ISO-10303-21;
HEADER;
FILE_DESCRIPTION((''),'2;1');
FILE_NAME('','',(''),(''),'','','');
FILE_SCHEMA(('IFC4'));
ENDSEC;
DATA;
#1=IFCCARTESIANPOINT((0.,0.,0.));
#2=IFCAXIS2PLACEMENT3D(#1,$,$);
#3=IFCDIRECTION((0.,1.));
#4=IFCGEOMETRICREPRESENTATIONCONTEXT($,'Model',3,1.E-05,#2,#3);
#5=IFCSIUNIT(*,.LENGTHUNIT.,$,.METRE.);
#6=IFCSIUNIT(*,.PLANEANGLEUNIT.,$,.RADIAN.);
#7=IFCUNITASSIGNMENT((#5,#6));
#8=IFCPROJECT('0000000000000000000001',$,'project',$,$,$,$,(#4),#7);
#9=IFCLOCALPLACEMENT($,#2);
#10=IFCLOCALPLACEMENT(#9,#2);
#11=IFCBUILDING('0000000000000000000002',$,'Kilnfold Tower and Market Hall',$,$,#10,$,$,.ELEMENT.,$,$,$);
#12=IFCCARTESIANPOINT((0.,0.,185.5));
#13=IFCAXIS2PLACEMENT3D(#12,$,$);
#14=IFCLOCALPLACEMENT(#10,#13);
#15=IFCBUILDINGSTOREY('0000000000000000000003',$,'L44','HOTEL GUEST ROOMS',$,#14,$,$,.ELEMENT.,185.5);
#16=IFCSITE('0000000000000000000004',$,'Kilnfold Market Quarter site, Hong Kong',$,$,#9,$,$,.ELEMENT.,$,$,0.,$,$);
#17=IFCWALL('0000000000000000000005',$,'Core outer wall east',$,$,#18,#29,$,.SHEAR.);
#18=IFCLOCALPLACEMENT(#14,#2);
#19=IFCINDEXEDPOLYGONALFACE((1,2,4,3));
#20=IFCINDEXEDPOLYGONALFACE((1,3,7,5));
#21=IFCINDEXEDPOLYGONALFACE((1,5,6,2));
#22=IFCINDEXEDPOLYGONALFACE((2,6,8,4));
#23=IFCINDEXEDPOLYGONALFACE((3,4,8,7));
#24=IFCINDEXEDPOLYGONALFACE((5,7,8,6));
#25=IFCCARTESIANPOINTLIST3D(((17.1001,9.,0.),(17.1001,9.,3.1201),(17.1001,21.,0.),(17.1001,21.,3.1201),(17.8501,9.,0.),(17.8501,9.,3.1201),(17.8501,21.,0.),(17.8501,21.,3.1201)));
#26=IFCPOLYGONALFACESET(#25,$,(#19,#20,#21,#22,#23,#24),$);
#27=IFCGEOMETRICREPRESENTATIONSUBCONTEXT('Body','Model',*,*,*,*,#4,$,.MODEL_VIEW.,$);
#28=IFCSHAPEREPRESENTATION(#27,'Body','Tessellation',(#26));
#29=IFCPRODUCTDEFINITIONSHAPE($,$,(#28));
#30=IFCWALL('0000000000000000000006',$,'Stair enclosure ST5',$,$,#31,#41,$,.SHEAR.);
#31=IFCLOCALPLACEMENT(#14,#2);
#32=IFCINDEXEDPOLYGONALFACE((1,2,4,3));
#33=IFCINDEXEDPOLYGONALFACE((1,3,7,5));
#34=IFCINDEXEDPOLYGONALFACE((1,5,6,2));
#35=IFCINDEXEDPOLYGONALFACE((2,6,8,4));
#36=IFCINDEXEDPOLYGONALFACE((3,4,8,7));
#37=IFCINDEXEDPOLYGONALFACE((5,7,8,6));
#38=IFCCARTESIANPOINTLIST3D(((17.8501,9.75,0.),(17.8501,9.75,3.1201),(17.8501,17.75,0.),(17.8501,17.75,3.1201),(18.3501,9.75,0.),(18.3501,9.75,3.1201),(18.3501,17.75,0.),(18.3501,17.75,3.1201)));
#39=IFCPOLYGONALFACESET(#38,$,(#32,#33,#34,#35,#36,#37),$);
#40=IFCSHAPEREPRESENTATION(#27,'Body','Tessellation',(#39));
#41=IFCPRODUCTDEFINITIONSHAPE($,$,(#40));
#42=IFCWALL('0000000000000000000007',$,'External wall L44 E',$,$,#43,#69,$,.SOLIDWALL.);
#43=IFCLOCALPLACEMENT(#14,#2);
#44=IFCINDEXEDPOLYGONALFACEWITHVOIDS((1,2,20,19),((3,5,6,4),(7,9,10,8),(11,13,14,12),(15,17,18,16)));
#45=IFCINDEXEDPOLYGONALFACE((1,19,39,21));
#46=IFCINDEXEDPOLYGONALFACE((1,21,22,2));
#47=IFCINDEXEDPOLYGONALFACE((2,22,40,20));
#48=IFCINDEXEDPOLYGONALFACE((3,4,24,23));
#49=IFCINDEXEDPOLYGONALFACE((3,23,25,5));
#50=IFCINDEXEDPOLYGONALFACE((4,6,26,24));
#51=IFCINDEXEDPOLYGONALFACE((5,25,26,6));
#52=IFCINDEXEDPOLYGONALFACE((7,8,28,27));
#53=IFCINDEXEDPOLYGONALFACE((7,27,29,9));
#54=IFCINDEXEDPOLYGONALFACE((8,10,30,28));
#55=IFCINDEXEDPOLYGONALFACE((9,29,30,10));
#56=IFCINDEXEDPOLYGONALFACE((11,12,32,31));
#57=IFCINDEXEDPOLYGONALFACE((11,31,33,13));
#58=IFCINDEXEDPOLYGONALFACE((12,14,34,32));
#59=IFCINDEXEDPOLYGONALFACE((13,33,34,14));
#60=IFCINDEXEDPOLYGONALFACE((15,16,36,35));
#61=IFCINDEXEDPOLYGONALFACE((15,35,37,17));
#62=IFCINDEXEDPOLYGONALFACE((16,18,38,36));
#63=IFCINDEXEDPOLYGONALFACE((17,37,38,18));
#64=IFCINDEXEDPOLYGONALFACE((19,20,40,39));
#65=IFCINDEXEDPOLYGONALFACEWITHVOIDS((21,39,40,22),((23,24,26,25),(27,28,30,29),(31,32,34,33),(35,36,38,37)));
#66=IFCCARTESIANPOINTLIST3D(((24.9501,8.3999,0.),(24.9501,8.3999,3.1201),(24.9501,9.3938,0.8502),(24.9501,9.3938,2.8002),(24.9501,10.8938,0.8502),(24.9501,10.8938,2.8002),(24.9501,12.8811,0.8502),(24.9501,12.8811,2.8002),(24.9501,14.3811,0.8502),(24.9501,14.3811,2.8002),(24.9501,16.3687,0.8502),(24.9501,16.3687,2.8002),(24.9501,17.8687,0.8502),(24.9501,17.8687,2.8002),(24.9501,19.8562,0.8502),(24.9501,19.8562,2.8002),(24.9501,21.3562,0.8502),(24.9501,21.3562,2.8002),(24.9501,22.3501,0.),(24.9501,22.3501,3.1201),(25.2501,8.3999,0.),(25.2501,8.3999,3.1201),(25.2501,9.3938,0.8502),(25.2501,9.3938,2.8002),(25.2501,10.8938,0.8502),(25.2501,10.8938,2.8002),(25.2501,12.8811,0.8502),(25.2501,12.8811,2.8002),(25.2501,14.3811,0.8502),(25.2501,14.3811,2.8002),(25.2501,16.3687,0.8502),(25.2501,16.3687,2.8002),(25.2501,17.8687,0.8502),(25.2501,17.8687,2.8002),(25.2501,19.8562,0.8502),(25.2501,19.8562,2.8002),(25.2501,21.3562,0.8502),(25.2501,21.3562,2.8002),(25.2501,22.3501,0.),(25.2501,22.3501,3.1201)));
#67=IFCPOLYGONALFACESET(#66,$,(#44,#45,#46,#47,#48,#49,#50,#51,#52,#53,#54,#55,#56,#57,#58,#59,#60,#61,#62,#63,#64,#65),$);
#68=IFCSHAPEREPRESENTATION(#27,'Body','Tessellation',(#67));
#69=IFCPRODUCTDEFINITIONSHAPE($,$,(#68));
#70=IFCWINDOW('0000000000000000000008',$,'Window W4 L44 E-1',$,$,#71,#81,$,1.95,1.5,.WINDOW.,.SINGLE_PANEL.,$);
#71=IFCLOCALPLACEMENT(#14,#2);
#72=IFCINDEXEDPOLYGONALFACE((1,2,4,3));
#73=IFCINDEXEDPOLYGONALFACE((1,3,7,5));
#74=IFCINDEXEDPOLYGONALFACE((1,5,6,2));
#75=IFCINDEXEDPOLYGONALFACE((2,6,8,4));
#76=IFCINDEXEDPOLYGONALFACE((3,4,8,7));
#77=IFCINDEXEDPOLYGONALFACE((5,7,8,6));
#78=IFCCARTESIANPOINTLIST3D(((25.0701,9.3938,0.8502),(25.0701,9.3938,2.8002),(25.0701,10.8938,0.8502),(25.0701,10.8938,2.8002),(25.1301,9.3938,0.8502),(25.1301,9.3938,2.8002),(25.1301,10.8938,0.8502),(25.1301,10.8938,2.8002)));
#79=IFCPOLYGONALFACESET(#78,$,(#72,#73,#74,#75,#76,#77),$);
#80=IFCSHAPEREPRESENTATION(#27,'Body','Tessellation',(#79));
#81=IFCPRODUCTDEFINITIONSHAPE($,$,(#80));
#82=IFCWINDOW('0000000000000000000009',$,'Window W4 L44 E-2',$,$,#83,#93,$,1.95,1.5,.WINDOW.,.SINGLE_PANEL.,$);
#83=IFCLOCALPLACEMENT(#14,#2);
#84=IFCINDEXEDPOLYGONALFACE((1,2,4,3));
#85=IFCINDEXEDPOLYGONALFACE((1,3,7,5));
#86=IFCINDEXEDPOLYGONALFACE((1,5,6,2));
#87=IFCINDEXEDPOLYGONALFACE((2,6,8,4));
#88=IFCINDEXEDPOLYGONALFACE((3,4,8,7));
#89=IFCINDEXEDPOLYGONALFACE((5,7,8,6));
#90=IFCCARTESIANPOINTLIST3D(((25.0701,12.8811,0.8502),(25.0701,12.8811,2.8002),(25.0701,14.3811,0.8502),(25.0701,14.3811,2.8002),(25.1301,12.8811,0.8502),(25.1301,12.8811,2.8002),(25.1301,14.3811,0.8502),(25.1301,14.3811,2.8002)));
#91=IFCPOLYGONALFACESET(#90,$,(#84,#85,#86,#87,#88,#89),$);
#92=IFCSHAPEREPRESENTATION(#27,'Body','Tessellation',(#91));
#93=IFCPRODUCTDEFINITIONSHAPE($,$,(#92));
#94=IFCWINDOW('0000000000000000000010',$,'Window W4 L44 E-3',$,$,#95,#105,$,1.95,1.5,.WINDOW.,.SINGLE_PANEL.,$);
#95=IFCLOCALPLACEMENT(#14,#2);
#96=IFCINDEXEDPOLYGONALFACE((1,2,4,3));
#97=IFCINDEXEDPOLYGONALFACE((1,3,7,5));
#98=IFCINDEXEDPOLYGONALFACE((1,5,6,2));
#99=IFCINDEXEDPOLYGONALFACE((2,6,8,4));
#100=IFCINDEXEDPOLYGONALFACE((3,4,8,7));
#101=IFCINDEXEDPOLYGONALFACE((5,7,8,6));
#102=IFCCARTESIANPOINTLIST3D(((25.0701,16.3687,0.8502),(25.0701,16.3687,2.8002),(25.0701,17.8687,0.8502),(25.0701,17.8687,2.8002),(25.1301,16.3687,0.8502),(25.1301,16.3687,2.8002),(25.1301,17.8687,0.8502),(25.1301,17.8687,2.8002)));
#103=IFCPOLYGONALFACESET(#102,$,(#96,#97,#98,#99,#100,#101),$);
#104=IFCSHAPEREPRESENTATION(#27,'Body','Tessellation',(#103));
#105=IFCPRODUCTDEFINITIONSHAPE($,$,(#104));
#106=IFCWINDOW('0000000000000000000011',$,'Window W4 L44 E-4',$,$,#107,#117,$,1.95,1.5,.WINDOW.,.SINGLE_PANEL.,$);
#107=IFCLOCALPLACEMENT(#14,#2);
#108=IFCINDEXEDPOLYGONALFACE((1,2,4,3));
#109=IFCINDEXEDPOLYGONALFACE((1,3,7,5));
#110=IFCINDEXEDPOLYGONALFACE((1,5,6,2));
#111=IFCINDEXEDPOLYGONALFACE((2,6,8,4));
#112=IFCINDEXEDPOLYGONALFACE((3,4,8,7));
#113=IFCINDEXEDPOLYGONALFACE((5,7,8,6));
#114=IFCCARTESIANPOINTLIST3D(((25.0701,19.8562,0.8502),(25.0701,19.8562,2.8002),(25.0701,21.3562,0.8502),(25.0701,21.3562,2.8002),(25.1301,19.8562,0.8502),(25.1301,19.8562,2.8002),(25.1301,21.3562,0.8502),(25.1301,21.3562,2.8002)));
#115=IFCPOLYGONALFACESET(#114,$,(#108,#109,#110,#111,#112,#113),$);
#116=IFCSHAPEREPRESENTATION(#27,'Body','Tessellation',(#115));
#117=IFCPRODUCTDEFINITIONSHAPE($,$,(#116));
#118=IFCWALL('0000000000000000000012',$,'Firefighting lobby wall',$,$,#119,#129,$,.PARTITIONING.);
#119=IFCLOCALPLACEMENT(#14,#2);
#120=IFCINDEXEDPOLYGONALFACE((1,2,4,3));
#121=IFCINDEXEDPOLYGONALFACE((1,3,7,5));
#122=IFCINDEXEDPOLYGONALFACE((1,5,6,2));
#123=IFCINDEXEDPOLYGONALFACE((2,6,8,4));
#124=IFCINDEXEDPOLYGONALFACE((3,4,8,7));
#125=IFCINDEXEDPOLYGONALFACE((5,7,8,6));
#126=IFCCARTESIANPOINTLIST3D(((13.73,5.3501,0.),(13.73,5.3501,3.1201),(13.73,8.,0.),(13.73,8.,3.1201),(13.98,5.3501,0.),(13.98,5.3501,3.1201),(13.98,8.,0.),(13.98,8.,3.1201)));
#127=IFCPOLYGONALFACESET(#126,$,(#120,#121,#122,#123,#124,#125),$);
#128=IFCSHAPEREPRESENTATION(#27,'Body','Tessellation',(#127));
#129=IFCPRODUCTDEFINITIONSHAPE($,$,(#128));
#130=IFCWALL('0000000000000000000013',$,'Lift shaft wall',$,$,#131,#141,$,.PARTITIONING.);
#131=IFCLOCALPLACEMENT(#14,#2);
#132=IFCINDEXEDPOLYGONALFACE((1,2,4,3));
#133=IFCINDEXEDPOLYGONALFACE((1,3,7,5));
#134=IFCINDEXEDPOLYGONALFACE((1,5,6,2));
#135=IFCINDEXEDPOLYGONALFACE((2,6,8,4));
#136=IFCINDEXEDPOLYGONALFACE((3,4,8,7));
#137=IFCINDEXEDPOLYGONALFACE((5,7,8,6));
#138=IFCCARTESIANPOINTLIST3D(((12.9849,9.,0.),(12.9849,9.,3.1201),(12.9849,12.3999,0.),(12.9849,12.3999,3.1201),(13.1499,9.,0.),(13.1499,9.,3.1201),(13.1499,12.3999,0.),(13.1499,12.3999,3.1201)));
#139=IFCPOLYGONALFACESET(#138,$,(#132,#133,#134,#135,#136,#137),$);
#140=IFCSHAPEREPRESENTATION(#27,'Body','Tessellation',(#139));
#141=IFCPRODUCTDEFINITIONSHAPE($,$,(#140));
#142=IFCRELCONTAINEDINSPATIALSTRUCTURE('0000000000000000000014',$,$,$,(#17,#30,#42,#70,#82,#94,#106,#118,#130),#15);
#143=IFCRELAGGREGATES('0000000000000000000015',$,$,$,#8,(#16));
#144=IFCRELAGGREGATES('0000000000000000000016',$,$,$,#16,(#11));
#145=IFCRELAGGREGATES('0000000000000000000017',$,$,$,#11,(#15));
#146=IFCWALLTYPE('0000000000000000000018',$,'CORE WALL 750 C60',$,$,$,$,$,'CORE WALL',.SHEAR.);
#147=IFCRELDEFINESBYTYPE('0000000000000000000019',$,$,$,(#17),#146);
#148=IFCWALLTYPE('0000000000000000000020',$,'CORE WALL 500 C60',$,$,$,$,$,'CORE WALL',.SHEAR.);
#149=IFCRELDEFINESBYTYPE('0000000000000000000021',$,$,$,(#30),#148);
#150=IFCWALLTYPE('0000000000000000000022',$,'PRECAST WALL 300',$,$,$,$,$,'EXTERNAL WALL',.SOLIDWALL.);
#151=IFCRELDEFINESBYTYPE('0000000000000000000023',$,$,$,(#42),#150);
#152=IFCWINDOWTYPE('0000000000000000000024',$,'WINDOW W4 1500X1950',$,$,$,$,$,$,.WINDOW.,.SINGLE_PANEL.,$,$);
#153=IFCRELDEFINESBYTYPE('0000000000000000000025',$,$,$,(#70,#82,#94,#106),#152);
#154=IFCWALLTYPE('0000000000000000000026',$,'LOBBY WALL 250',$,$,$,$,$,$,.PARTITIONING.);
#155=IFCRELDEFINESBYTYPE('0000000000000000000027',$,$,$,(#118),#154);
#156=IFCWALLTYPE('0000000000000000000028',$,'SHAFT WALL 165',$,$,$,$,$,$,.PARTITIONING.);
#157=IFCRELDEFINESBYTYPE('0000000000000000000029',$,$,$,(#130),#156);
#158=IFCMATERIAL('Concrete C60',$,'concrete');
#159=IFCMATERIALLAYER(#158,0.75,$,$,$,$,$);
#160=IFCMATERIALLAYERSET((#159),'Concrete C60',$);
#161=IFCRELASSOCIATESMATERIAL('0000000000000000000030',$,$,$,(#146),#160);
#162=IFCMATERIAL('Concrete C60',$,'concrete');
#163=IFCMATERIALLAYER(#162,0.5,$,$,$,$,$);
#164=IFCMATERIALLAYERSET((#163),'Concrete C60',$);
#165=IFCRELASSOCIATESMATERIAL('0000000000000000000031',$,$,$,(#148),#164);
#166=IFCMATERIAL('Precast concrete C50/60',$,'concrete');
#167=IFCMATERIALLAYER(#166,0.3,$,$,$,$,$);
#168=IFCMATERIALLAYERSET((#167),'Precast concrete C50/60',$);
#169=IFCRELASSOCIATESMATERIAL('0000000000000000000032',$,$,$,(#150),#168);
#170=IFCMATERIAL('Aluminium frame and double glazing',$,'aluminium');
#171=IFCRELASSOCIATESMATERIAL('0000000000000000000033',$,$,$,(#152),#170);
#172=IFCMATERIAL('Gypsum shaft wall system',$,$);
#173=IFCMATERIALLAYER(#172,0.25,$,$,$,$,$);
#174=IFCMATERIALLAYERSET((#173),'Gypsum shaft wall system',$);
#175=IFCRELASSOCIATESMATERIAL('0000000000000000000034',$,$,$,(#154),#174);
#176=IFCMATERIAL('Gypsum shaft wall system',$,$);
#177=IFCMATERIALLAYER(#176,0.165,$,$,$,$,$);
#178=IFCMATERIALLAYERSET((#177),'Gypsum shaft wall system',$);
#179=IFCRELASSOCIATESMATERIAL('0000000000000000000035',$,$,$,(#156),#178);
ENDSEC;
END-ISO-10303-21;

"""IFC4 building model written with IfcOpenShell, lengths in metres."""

from ifc_helpers import new_model, si_unit, direction, frame, frame_2d, origin, place, context, subcontext, project, spatial, rectangle, extrude, source, transform, mapped, material, layer, layer_set, type_object, element, fill, save


model = new_model("IFC4")

# Units and contexts
model_context = context("Model", 3, precision=1e-05, world=origin(), true_north=direction((0.0, 1.0)))
body_context = subcontext(model_context, "Body", "Model", "MODEL_VIEW")
ifc_project = project(units=[si_unit("LENGTHUNIT", "METRE"), si_unit("PLANEANGLEUNIT", "RADIAN")], contexts=[model_context])

# Site, building, storey
site_placement = place(None, origin())
site = spatial("IfcSite", under=ifc_project, at=site_placement, Name="Kilnfold Market Quarter site, Hong Kong", CompositionType="ELEMENT", RefElevation=0.0)
building_placement = place(site_placement, origin())
building = spatial("IfcBuilding", under=site, at=building_placement, Name="Kilnfold Tower and Market Hall", CompositionType="ELEMENT")
storey_placement = place(building_placement, frame((0.0, 0.0, 185.5)))
storey = spatial("IfcBuildingStorey", under=building, at=storey_placement, Name="L44", Description="HOTEL GUEST ROOMS", CompositionType="ELEMENT", Elevation=185.5)

# Walls
ifc_material_1 = material(Name="Concrete C60", Category="concrete")
ifc_layer_1 = layer(ifc_material_1, 0.75)
ifc_layer_set_1 = layer_set([ifc_layer_1], Name="Concrete C60")
wall_type_1 = type_object("IfcWallType", Name="CORE WALL 750 C60", ElementType="CORE WALL", PredefinedType="SHEAR", material=ifc_layer_set_1)
shared_shape_1 = source(origin(), body_context, "Body", "SweptSolid", [
    extrude(rectangle(XDim=12.0, YDim=0.75, at=frame_2d((6.0, 0.0))), origin(), (0.0, 0.0, 1.0), 3.1201),
])
wall_1_placement = place(storey_placement, frame((17.4751, 9.0, 0.0), z_axis=(0.0, 0.0, 1.0), x_axis=(0.0, 1.0, 0.0)))
element("IfcWall", 1, at=wall_1_placement, inside=storey, type_object=wall_type_1, Name="Core outer wall east", PredefinedType="SHEAR", context=body_context, shape_type="MappedRepresentation", body=[
    mapped(shared_shape_1, transform((0.0, 0.0, 0.0))),
])
ifc_material_2 = material(Name="Concrete C60", Category="concrete")
ifc_layer_2 = layer(ifc_material_2, 0.5)
ifc_layer_set_2 = layer_set([ifc_layer_2], Name="Concrete C60")
wall_type_2 = type_object("IfcWallType", Name="CORE WALL 500 C60", ElementType="CORE WALL", PredefinedType="SHEAR", material=ifc_layer_set_2)
shared_shape_2 = source(origin(), body_context, "Body", "SweptSolid", [
    extrude(rectangle(XDim=8.0, YDim=0.5, at=frame_2d((4.0, 0.0))), origin(), (0.0, 0.0, 1.0), 3.1201),
])
wall_2_placement = place(storey_placement, frame((18.1001, 9.75, 0.0), z_axis=(0.0, 0.0, 1.0), x_axis=(0.0, 1.0, 0.0)))
element("IfcWall", 2, at=wall_2_placement, inside=storey, type_object=wall_type_2, Name="Stair enclosure ST5", PredefinedType="SHEAR", context=body_context, shape_type="MappedRepresentation", body=[
    mapped(shared_shape_2, transform((0.0, 0.0, 0.0))),
])

# Wall, openings, windows
ifc_material_3 = material(Name="Precast concrete C50/60", Category="concrete")
ifc_layer_3 = layer(ifc_material_3, 0.3)
ifc_layer_set_3 = layer_set([ifc_layer_3], Name="Precast concrete C50/60")
wall_type_3 = type_object("IfcWallType", Name="PRECAST WALL 300", ElementType="EXTERNAL WALL", PredefinedType="SOLIDWALL", material=ifc_layer_set_3)
shared_shape_3 = source(origin(), body_context, "Body", "SweptSolid", [
    extrude(rectangle(XDim=13.9502, YDim=0.3, at=frame_2d((6.9751, 0.0))), origin(), (0.0, 0.0, 1.0), 3.1201),
])
wall_3_placement = place(storey_placement, frame((25.1001, 8.3999, 0.0), z_axis=(0.0, 0.0, 1.0), x_axis=(0.0, 1.0, 0.0)))
wall_3 = element("IfcWall", 3, at=wall_3_placement, inside=storey, type_object=wall_type_3, Name="External wall L44 E", PredefinedType="SOLIDWALL", context=body_context, shape_type="MappedRepresentation", body=[
    mapped(shared_shape_3, transform((0.0, 0.0, 0.0))),
])
opening_1_placement = place(wall_3_placement, frame((0.9939, 0.0, 0.8501)))
opening_1 = element("IfcOpeningElement", 4, at=opening_1_placement, cuts=wall_3, PredefinedType="OPENING", context=body_context, shape_type="SweptSolid", body=[
    extrude(rectangle(XDim=1.5, YDim=1.95, at=frame_2d((0.75, 0.9751))), frame((0.0, 0.1602, 0.0), z_axis=(0.0, -1.0, 0.0), x_axis=(1.0, 0.0, 0.0)), (0.0, 0.0, 1.0), 0.3201),
])
opening_2_placement = place(wall_3_placement, frame((4.4812, 0.0, 0.8501)))
opening_2 = element("IfcOpeningElement", 5, at=opening_2_placement, cuts=wall_3, PredefinedType="OPENING", context=body_context, shape_type="SweptSolid", body=[
    extrude(rectangle(XDim=1.5, YDim=1.95, at=frame_2d((0.75, 0.9751))), frame((0.0, 0.1602, 0.0), z_axis=(0.0, -1.0, 0.0), x_axis=(1.0, 0.0, 0.0)), (0.0, 0.0, 1.0), 0.3201),
])
opening_3_placement = place(wall_3_placement, frame((7.9688, 0.0, 0.8501)))
opening_3 = element("IfcOpeningElement", 6, at=opening_3_placement, cuts=wall_3, PredefinedType="OPENING", context=body_context, shape_type="SweptSolid", body=[
    extrude(rectangle(XDim=1.5, YDim=1.95, at=frame_2d((0.75, 0.9751))), frame((0.0, 0.1602, 0.0), z_axis=(0.0, -1.0, 0.0), x_axis=(1.0, 0.0, 0.0)), (0.0, 0.0, 1.0), 0.3201),
])
opening_4_placement = place(wall_3_placement, frame((11.4563, 0.0, 0.8501)))
opening_4 = element("IfcOpeningElement", 7, at=opening_4_placement, cuts=wall_3, PredefinedType="OPENING", context=body_context, shape_type="SweptSolid", body=[
    extrude(rectangle(XDim=1.5, YDim=1.95, at=frame_2d((0.75, 0.9751))), frame((0.0, 0.1602, 0.0), z_axis=(0.0, -1.0, 0.0), x_axis=(1.0, 0.0, 0.0)), (0.0, 0.0, 1.0), 0.3201),
])
ifc_material_4 = material(Name="Aluminium frame and double glazing", Category="aluminium")
window_type = type_object("IfcWindowType", Name="WINDOW W4 1500X1950", PartitioningType="SINGLE_PANEL", PredefinedType="WINDOW", material=ifc_material_4)
window_1_placement = place(opening_1_placement, origin())
window_1 = element("IfcWindow", 8, at=window_1_placement, inside=storey, type_object=window_type, Name="Window W4 L44 E-1", OverallHeight=1.95, OverallWidth=1.5, PartitioningType="SINGLE_PANEL", PredefinedType="WINDOW", context=body_context, shape_type="SweptSolid", body=[
    extrude(rectangle(XDim=1.5, YDim=1.95, at=frame_2d((0.75, 0.9751))), frame((0.0, 0.03, 0.0), z_axis=(0.0, -1.0, 0.0), x_axis=(1.0, 0.0, 0.0)), (0.0, 0.0, 1.0), 0.0601),
])
fill(opening_1, window_1)
window_2_placement = place(opening_2_placement, origin())
window_2 = element("IfcWindow", 9, at=window_2_placement, inside=storey, type_object=window_type, Name="Window W4 L44 E-2", OverallHeight=1.95, OverallWidth=1.5, PartitioningType="SINGLE_PANEL", PredefinedType="WINDOW", context=body_context, shape_type="SweptSolid", body=[
    extrude(rectangle(XDim=1.5, YDim=1.95, at=frame_2d((0.75, 0.9751))), frame((0.0, 0.03, 0.0), z_axis=(0.0, -1.0, 0.0), x_axis=(1.0, 0.0, 0.0)), (0.0, 0.0, 1.0), 0.0601),
])
fill(opening_2, window_2)
window_3_placement = place(opening_3_placement, origin())
window_3 = element("IfcWindow", 10, at=window_3_placement, inside=storey, type_object=window_type, Name="Window W4 L44 E-3", OverallHeight=1.95, OverallWidth=1.5, PartitioningType="SINGLE_PANEL", PredefinedType="WINDOW", context=body_context, shape_type="SweptSolid", body=[
    extrude(rectangle(XDim=1.5, YDim=1.95, at=frame_2d((0.75, 0.9751))), frame((0.0, 0.03, 0.0), z_axis=(0.0, -1.0, 0.0), x_axis=(1.0, 0.0, 0.0)), (0.0, 0.0, 1.0), 0.0601),
])
fill(opening_3, window_3)
window_4_placement = place(opening_4_placement, origin())
window_4 = element("IfcWindow", 11, at=window_4_placement, inside=storey, type_object=window_type, Name="Window W4 L44 E-4", OverallHeight=1.95, OverallWidth=1.5, PartitioningType="SINGLE_PANEL", PredefinedType="WINDOW", context=body_context, shape_type="SweptSolid", body=[
    extrude(rectangle(XDim=1.5, YDim=1.95, at=frame_2d((0.75, 0.9751))), frame((0.0, 0.03, 0.0), z_axis=(0.0, -1.0, 0.0), x_axis=(1.0, 0.0, 0.0)), (0.0, 0.0, 1.0), 0.0601),
])
fill(opening_4, window_4)

# Walls
ifc_material_5 = material(Name="Gypsum shaft wall system")
ifc_layer_4 = layer(ifc_material_5, 0.25)
ifc_layer_set_4 = layer_set([ifc_layer_4], Name="Gypsum shaft wall system")
wall_type_4 = type_object("IfcWallType", Name="LOBBY WALL 250", PredefinedType="PARTITIONING", material=ifc_layer_set_4)
shared_shape_4 = source(origin(), body_context, "Body", "SweptSolid", [
    extrude(rectangle(XDim=2.6499, YDim=0.25, at=frame_2d((1.325, 0.0))), origin(), (0.0, 0.0, 1.0), 3.1201),
])
wall_4_placement = place(storey_placement, frame((13.855, 5.3501, 0.0), z_axis=(0.0, 0.0, 1.0), x_axis=(0.0, 1.0, 0.0)))
element("IfcWall", 12, at=wall_4_placement, inside=storey, type_object=wall_type_4, Name="Firefighting lobby wall", PredefinedType="PARTITIONING", context=body_context, shape_type="MappedRepresentation", body=[
    mapped(shared_shape_4, transform((0.0, 0.0, 0.0))),
])
ifc_material_6 = material(Name="Gypsum shaft wall system")
ifc_layer_5 = layer(ifc_material_6, 0.165)
ifc_layer_set_5 = layer_set([ifc_layer_5], Name="Gypsum shaft wall system")
wall_type_5 = type_object("IfcWallType", Name="SHAFT WALL 165", PredefinedType="PARTITIONING", material=ifc_layer_set_5)
shared_shape_5 = source(origin(), body_context, "Body", "SweptSolid", [
    extrude(rectangle(XDim=3.3999, YDim=0.165, at=frame_2d((1.7, 0.0))), origin(), (0.0, 0.0, 1.0), 3.1201),
])
wall_5_placement = place(storey_placement, frame((13.0674, 9.0, 0.0), z_axis=(0.0, 0.0, 1.0), x_axis=(0.0, 1.0, 0.0)))
element("IfcWall", 13, at=wall_5_placement, inside=storey, type_object=wall_type_5, Name="Lift shaft wall", PredefinedType="PARTITIONING", context=body_context, shape_type="MappedRepresentation", body=[
    mapped(shared_shape_5, transform((0.0, 0.0, 0.0))),
])

save(model, "model.ifc")
